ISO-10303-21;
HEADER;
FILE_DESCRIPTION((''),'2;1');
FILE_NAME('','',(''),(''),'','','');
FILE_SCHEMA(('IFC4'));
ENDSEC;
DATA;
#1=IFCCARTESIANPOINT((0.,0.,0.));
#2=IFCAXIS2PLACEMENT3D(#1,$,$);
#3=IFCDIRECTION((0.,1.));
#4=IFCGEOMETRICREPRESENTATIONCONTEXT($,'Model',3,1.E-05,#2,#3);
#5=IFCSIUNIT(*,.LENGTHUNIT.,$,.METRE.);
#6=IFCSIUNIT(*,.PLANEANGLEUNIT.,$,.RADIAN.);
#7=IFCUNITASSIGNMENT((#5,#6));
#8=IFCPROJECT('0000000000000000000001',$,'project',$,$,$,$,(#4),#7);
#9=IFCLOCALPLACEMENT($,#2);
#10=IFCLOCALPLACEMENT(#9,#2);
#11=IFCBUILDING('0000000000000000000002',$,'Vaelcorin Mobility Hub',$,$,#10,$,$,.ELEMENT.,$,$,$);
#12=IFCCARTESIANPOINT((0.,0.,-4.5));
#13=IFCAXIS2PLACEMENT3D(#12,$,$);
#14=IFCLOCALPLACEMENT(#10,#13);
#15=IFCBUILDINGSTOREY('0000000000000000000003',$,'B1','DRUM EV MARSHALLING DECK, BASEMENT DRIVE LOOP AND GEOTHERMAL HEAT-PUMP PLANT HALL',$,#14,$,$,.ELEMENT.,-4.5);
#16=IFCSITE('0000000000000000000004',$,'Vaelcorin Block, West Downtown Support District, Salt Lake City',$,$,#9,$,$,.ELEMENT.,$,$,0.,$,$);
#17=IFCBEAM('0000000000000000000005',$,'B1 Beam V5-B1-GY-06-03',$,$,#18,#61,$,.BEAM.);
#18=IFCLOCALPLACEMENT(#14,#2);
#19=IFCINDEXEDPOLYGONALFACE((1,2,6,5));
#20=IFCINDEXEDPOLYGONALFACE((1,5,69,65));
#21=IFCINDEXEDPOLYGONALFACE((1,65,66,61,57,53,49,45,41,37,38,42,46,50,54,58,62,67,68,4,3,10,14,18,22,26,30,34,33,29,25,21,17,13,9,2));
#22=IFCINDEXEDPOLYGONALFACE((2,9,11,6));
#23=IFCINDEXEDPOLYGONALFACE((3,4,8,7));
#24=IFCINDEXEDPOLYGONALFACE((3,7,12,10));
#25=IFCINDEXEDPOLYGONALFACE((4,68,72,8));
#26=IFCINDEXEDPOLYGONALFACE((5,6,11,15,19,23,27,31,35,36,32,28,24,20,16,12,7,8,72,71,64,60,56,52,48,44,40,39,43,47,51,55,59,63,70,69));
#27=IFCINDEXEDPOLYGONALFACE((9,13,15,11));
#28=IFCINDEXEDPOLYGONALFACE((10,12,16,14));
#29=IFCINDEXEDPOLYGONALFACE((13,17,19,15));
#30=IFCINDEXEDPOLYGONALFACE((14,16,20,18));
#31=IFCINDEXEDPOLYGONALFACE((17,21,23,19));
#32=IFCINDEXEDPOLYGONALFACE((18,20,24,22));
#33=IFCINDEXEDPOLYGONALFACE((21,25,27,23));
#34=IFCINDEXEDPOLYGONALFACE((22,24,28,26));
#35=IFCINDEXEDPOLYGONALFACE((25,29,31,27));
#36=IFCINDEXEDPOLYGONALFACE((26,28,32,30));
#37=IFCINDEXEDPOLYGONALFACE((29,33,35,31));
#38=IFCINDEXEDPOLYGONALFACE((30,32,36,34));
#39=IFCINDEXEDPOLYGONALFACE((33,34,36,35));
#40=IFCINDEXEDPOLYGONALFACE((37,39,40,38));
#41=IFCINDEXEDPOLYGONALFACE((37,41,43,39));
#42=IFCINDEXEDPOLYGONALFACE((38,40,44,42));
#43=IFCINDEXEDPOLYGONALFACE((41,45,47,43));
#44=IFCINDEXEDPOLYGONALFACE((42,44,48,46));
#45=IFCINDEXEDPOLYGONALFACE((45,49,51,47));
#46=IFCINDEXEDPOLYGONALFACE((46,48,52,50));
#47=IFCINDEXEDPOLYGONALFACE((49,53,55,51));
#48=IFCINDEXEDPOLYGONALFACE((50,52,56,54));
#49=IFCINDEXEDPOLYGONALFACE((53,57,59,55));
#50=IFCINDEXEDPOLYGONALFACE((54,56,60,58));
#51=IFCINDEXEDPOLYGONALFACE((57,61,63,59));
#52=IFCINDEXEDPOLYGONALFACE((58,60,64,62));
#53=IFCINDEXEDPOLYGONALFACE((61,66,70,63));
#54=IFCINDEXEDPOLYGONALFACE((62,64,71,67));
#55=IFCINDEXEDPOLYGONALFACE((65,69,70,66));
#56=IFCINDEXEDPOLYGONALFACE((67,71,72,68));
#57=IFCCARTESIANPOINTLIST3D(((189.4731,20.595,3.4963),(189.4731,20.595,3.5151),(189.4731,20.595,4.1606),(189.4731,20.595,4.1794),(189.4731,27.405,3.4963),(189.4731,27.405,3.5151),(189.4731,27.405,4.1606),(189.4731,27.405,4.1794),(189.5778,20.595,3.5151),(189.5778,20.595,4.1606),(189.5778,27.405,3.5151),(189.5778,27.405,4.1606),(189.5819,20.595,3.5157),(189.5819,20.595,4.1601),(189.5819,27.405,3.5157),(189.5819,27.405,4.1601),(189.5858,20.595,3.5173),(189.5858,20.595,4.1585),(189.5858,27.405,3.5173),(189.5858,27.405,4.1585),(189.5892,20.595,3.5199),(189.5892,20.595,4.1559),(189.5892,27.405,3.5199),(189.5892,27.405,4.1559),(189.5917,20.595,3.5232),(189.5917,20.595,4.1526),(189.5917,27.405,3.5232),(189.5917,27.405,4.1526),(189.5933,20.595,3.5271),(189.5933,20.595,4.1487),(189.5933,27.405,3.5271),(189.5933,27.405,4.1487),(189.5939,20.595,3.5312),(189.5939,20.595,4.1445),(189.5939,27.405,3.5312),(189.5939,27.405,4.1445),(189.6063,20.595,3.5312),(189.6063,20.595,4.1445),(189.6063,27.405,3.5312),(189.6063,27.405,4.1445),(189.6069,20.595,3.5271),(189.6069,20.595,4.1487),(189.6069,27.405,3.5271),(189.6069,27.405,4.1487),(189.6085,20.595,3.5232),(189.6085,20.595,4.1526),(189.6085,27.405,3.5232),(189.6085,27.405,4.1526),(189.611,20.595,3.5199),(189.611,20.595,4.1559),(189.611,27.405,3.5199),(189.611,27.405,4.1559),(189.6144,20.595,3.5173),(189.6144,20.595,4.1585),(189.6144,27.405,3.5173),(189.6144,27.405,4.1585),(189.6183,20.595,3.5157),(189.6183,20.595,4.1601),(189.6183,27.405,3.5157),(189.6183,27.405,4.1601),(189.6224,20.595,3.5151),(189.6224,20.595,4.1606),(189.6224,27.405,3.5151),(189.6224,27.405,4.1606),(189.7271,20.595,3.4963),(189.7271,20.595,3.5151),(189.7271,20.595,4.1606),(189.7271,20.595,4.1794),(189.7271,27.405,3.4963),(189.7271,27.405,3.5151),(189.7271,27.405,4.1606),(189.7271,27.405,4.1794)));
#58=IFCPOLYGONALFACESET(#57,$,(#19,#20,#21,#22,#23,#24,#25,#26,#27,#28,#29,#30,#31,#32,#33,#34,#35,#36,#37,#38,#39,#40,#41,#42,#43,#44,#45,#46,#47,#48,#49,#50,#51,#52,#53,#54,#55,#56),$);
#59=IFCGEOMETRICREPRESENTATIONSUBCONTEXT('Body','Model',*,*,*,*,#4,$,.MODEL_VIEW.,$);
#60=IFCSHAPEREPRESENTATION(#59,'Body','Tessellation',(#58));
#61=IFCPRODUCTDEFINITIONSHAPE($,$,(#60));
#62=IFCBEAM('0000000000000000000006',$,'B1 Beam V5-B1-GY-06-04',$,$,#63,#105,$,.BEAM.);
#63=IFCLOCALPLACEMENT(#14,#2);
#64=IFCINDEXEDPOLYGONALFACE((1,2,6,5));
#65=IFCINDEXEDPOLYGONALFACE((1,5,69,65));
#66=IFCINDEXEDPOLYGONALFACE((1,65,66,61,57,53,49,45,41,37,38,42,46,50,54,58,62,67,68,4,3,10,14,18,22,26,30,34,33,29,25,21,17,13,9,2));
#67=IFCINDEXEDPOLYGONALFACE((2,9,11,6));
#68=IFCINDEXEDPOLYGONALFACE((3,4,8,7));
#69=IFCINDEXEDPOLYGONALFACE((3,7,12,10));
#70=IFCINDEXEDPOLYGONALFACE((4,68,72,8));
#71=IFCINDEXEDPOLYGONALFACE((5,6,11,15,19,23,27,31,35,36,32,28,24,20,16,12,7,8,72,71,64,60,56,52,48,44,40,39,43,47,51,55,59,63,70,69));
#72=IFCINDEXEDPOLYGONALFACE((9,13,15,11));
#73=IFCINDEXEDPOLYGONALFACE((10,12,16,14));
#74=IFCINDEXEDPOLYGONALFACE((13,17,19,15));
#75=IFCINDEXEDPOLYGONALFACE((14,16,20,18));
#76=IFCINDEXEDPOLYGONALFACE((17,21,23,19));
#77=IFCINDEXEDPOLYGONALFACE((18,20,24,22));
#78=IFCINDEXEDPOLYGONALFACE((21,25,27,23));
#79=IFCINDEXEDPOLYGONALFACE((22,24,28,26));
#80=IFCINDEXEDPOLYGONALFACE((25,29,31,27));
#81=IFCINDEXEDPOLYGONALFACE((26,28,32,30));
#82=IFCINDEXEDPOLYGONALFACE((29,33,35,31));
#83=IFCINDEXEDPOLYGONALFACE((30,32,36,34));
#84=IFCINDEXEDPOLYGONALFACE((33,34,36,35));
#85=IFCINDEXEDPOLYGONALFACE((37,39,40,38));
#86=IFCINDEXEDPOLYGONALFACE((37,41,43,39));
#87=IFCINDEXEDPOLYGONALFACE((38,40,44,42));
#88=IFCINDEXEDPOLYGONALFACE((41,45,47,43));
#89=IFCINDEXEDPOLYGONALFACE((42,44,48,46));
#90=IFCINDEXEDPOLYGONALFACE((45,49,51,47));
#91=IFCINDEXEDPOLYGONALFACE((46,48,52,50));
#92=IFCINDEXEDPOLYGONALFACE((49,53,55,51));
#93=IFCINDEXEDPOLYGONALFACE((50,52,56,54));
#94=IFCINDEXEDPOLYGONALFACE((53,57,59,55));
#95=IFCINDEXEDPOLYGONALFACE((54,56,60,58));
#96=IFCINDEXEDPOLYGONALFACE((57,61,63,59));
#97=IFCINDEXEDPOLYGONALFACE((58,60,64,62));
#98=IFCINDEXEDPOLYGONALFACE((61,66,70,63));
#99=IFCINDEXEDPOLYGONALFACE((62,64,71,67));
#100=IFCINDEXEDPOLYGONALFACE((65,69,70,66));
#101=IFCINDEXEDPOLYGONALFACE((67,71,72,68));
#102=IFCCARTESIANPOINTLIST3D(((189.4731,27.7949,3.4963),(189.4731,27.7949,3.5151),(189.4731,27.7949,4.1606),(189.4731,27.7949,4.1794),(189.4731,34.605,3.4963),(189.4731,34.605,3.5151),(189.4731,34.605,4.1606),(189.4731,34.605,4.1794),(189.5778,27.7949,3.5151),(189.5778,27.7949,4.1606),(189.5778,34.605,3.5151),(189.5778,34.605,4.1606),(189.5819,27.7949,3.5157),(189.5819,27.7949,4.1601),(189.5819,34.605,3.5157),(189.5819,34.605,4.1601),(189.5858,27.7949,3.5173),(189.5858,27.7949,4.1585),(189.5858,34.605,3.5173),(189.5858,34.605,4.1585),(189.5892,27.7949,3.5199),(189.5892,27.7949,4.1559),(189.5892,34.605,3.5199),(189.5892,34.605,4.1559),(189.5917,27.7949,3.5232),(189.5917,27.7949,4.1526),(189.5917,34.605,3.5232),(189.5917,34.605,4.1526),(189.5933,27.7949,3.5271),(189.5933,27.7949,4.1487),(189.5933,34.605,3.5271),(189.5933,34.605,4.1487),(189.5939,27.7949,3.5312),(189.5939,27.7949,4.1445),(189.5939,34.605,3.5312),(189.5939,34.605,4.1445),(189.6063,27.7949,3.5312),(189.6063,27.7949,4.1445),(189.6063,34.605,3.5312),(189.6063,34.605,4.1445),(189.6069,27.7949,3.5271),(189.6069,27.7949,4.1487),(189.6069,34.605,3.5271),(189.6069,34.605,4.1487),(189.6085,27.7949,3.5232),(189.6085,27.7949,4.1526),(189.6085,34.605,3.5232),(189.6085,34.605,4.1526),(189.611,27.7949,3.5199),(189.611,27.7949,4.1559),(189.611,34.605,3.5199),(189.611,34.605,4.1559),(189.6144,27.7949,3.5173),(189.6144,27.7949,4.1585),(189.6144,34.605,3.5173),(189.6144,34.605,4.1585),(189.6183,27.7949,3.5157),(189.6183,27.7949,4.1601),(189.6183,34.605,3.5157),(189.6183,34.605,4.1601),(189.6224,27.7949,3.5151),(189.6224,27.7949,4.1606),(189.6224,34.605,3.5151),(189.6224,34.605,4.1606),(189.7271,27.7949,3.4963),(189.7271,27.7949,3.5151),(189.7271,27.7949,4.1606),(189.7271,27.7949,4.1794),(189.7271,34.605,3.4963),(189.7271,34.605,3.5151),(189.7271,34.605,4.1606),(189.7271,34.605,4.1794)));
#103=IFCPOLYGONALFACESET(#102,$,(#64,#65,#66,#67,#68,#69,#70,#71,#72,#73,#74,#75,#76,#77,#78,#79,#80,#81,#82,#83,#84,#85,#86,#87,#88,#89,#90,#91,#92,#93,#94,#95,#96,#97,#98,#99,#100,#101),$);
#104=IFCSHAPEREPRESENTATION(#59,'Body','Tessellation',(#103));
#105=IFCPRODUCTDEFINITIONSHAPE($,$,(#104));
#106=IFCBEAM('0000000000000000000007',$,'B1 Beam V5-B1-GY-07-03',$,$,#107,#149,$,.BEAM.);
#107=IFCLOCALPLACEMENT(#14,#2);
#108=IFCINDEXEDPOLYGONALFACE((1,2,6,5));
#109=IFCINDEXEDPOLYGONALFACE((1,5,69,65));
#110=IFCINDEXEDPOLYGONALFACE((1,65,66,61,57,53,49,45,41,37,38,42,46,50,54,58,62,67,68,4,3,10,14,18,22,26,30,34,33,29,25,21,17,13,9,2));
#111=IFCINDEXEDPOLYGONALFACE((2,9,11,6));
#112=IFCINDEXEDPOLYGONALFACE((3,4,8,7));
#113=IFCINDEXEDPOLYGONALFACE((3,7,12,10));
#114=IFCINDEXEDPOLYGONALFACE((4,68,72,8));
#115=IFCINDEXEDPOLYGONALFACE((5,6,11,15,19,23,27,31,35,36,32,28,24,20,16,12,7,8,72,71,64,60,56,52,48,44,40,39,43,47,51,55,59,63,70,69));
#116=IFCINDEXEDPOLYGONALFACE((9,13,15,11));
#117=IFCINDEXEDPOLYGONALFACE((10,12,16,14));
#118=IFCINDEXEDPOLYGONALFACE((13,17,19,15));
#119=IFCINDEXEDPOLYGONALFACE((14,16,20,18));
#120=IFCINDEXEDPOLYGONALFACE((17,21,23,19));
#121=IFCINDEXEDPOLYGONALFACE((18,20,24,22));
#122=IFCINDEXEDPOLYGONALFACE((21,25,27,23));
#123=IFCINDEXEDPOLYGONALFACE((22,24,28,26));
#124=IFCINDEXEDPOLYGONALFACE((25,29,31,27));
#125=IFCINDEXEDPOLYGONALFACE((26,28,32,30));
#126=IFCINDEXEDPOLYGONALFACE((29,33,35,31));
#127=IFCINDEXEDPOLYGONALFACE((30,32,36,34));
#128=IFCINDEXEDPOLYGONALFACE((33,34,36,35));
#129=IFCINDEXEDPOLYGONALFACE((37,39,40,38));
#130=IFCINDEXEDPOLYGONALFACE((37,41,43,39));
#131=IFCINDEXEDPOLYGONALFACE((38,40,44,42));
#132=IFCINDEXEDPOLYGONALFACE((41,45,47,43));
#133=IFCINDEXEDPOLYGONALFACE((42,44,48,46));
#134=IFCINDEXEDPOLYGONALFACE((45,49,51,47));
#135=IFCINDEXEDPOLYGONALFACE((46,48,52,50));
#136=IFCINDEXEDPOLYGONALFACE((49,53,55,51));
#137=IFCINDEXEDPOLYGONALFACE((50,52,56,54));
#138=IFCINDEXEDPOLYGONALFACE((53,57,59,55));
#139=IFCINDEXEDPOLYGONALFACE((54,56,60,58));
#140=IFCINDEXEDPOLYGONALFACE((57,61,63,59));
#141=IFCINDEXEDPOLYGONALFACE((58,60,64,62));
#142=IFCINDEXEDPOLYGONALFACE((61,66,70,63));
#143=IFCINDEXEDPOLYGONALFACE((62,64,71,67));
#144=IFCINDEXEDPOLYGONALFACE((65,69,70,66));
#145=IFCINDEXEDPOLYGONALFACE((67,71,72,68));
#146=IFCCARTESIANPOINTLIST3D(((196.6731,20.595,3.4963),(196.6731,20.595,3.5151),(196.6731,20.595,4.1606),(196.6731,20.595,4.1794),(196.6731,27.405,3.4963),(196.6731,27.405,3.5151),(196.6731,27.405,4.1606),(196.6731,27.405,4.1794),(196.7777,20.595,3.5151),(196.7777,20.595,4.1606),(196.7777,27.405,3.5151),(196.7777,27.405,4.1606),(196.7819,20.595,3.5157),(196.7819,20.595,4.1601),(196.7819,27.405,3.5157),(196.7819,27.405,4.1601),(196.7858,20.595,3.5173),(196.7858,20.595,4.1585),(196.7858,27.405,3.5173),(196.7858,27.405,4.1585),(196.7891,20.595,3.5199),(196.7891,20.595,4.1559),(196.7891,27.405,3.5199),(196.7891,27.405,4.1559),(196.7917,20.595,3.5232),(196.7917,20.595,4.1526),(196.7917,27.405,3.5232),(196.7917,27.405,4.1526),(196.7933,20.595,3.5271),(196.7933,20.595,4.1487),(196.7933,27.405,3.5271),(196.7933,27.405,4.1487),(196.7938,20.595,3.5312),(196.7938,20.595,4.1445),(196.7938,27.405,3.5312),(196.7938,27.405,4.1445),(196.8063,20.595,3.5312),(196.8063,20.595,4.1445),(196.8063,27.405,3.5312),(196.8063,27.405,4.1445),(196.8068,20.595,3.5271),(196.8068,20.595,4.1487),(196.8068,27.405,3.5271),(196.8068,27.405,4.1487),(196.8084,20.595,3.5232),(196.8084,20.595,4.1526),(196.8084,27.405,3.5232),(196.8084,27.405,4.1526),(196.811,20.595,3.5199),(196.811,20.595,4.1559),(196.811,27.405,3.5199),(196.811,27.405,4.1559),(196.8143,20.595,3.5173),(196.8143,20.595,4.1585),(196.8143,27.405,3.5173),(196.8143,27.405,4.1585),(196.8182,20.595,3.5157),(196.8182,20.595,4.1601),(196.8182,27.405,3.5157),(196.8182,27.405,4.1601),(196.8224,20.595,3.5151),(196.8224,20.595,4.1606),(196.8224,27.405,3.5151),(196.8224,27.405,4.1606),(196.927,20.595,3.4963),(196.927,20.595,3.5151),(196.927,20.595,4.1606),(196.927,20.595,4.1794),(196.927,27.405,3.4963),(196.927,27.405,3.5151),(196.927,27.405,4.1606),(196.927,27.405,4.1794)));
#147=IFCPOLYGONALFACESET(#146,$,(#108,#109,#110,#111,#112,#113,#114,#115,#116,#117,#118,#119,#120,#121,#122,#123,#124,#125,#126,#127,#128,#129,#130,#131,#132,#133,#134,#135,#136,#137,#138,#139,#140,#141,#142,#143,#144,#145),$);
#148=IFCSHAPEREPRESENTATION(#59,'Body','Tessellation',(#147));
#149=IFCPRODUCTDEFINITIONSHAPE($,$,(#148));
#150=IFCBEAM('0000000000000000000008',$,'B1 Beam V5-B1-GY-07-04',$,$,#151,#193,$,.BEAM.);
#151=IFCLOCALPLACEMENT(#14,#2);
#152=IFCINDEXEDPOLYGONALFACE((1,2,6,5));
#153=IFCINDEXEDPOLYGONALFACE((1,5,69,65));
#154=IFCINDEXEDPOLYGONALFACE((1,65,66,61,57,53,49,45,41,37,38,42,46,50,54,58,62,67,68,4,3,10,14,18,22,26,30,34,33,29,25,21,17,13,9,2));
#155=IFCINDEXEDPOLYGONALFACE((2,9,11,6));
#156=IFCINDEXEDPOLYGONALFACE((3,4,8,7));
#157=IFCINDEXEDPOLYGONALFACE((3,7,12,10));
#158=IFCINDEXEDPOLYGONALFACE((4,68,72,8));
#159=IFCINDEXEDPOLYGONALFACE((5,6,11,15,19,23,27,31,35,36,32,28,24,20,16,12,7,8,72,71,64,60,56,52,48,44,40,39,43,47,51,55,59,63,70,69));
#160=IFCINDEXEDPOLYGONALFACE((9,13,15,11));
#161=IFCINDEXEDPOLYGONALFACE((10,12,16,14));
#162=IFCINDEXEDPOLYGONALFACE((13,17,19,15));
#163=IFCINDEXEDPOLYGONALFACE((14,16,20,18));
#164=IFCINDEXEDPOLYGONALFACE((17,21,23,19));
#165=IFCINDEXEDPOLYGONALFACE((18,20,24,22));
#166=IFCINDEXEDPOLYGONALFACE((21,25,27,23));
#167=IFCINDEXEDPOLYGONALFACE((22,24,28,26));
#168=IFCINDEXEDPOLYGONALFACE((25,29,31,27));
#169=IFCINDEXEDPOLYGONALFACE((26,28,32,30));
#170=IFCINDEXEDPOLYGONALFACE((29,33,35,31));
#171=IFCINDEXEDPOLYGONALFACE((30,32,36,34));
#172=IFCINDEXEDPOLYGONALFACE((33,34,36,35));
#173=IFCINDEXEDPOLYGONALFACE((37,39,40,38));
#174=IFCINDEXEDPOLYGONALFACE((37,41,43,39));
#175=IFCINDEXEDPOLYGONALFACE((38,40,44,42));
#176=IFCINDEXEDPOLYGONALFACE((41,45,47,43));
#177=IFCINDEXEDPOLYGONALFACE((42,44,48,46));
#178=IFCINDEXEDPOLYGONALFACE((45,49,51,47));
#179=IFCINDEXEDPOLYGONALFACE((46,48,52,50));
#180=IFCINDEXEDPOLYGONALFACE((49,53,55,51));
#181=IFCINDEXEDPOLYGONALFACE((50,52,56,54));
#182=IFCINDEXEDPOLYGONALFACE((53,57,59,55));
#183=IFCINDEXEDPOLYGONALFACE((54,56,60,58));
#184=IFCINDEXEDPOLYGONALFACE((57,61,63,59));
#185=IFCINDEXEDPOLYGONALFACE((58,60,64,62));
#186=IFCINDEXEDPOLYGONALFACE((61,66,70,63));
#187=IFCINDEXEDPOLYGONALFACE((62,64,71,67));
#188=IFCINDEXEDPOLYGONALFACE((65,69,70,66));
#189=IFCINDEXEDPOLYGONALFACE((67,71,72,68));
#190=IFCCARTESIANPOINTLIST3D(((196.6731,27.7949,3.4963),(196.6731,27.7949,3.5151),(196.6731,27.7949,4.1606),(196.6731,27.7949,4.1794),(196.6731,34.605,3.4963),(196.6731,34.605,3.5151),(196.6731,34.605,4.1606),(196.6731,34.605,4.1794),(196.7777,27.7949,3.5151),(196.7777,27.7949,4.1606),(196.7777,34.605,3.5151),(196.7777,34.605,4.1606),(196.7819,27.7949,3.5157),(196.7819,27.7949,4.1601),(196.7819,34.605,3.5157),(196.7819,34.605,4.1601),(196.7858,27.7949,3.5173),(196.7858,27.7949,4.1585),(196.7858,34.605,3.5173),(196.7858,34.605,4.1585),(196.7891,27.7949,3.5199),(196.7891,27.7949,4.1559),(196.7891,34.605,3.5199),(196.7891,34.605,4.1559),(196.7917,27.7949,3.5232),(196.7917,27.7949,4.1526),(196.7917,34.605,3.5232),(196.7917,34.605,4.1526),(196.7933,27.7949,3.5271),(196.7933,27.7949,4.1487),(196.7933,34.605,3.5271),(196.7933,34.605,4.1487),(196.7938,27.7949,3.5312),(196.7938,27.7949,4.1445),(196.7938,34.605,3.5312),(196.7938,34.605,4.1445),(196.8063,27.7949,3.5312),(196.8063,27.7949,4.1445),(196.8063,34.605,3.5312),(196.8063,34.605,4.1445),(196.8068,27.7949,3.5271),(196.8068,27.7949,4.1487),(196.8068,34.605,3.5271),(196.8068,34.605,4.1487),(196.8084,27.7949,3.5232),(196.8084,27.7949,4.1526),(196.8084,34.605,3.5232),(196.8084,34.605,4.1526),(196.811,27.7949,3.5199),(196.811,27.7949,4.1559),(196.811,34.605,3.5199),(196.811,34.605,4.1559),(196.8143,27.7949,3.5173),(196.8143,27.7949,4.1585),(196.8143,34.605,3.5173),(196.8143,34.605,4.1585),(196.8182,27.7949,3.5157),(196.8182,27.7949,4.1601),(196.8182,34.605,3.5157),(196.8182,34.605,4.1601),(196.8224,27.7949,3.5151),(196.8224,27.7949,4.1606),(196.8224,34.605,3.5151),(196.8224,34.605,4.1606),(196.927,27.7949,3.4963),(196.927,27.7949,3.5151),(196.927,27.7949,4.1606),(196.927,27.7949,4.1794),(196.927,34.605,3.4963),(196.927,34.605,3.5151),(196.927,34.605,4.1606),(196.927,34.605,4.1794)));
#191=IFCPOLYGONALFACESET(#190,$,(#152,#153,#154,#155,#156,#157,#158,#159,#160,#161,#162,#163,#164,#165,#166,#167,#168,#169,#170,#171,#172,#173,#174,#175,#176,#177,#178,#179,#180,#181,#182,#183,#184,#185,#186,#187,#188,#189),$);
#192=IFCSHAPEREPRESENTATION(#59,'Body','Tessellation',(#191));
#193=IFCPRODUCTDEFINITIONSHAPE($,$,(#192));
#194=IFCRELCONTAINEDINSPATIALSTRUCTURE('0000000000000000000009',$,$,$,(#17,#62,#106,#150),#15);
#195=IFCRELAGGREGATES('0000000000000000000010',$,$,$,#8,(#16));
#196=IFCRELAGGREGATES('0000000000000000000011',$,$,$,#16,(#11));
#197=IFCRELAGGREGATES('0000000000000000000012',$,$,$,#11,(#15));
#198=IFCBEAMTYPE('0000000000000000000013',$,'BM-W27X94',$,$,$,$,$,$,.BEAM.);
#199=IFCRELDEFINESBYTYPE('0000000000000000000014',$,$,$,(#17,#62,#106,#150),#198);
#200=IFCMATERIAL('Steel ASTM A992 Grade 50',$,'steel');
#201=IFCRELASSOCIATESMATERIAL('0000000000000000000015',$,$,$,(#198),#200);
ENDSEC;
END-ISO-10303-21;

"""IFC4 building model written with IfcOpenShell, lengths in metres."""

from ifc_helpers import new_model, si_unit, direction, frame, origin, origin_2d, place, context, subcontext, project, spatial, i_section, extrude, material, material_profile, profile_set, type_object, element, save


model = new_model("IFC4")

# Units and contexts
model_context = context("Model", 3, precision=1e-05, world=origin(), true_north=direction((0.0, 1.0)))
body_context = subcontext(model_context, "Body", "Model", "MODEL_VIEW")
ifc_project = project(units=[si_unit("LENGTHUNIT", "METRE"), si_unit("PLANEANGLEUNIT", "RADIAN")], contexts=[model_context])

# Site, building, storey
site_placement = place(None, origin())
site = spatial("IfcSite", under=ifc_project, at=site_placement, Name="Vaelcorin Block, West Downtown Support District, Salt Lake City", CompositionType="ELEMENT", RefElevation=0.0)
building_placement = place(site_placement, origin())
building = spatial("IfcBuilding", under=site, at=building_placement, Name="Vaelcorin Mobility Hub", CompositionType="ELEMENT")
storey_placement = place(building_placement, frame((0.0, 0.0, -4.5)))
storey = spatial("IfcBuildingStorey", under=building, at=storey_placement, Name="B1", Description="DRUM EV MARSHALLING DECK, BASEMENT DRIVE LOOP AND GEOTHERMAL HEAT-PUMP PLANT HALL", CompositionType="ELEMENT", Elevation=-4.5)

# Shared definitions
ifc_material_1 = material(Name="Steel ASTM A992 Grade 50", Category="steel")

# Beams
ifc_material_profile_1 = material_profile(ifc_material_1, i_section(OverallWidth=0.2539, OverallDepth=0.6831, WebThickness=0.0125, FlangeThickness=0.0188, FilletRadius=0.0161, at=origin_2d()), Name="W27X94")
ifc_profile_set_1 = profile_set([ifc_material_profile_1], Name="Steel ASTM A992 Grade 50")
beam_type_1 = type_object("IfcBeamType", Name="BM-W27X94", PredefinedType="BEAM", material=ifc_profile_set_1)
for number, where, z_axis, x_axis, name in (
    (1, (189.6001, 20.595, 3.8379), (0.0, 1.0, 0.0), (-1.0, 0.0, 0.0), "B1 Beam V5-B1-GY-06-03"),
    (2, (189.6001, 27.7949, 3.8379), (0.0, 1.0, 0.0), (-1.0, 0.0, 0.0), "B1 Beam V5-B1-GY-06-04"),
    (3, (196.8, 20.595, 3.8379), (0.0, 1.0, 0.0), (-1.0, 0.0, 0.0), "B1 Beam V5-B1-GY-07-03"),
    (4, (196.8, 27.7949, 3.8379), (0.0, 1.0, 0.0), (-1.0, 0.0, 0.0), "B1 Beam V5-B1-GY-07-04"),
):
    element("IfcBeam", number, at=place(storey_placement, frame(where, z_axis=z_axis, x_axis=x_axis)), inside=storey, type_object=beam_type_1, Name=name, PredefinedType="BEAM", context=body_context, shape_type="SweptSolid", body=[
        extrude(i_section(OverallWidth=0.2539, OverallDepth=0.6831, WebThickness=0.0125, FlangeThickness=0.0188, FilletRadius=0.0161, at=origin_2d()), origin(), (0.0, 0.0, 1.0), 6.8101),
    ])

save(model, "model.ifc")
